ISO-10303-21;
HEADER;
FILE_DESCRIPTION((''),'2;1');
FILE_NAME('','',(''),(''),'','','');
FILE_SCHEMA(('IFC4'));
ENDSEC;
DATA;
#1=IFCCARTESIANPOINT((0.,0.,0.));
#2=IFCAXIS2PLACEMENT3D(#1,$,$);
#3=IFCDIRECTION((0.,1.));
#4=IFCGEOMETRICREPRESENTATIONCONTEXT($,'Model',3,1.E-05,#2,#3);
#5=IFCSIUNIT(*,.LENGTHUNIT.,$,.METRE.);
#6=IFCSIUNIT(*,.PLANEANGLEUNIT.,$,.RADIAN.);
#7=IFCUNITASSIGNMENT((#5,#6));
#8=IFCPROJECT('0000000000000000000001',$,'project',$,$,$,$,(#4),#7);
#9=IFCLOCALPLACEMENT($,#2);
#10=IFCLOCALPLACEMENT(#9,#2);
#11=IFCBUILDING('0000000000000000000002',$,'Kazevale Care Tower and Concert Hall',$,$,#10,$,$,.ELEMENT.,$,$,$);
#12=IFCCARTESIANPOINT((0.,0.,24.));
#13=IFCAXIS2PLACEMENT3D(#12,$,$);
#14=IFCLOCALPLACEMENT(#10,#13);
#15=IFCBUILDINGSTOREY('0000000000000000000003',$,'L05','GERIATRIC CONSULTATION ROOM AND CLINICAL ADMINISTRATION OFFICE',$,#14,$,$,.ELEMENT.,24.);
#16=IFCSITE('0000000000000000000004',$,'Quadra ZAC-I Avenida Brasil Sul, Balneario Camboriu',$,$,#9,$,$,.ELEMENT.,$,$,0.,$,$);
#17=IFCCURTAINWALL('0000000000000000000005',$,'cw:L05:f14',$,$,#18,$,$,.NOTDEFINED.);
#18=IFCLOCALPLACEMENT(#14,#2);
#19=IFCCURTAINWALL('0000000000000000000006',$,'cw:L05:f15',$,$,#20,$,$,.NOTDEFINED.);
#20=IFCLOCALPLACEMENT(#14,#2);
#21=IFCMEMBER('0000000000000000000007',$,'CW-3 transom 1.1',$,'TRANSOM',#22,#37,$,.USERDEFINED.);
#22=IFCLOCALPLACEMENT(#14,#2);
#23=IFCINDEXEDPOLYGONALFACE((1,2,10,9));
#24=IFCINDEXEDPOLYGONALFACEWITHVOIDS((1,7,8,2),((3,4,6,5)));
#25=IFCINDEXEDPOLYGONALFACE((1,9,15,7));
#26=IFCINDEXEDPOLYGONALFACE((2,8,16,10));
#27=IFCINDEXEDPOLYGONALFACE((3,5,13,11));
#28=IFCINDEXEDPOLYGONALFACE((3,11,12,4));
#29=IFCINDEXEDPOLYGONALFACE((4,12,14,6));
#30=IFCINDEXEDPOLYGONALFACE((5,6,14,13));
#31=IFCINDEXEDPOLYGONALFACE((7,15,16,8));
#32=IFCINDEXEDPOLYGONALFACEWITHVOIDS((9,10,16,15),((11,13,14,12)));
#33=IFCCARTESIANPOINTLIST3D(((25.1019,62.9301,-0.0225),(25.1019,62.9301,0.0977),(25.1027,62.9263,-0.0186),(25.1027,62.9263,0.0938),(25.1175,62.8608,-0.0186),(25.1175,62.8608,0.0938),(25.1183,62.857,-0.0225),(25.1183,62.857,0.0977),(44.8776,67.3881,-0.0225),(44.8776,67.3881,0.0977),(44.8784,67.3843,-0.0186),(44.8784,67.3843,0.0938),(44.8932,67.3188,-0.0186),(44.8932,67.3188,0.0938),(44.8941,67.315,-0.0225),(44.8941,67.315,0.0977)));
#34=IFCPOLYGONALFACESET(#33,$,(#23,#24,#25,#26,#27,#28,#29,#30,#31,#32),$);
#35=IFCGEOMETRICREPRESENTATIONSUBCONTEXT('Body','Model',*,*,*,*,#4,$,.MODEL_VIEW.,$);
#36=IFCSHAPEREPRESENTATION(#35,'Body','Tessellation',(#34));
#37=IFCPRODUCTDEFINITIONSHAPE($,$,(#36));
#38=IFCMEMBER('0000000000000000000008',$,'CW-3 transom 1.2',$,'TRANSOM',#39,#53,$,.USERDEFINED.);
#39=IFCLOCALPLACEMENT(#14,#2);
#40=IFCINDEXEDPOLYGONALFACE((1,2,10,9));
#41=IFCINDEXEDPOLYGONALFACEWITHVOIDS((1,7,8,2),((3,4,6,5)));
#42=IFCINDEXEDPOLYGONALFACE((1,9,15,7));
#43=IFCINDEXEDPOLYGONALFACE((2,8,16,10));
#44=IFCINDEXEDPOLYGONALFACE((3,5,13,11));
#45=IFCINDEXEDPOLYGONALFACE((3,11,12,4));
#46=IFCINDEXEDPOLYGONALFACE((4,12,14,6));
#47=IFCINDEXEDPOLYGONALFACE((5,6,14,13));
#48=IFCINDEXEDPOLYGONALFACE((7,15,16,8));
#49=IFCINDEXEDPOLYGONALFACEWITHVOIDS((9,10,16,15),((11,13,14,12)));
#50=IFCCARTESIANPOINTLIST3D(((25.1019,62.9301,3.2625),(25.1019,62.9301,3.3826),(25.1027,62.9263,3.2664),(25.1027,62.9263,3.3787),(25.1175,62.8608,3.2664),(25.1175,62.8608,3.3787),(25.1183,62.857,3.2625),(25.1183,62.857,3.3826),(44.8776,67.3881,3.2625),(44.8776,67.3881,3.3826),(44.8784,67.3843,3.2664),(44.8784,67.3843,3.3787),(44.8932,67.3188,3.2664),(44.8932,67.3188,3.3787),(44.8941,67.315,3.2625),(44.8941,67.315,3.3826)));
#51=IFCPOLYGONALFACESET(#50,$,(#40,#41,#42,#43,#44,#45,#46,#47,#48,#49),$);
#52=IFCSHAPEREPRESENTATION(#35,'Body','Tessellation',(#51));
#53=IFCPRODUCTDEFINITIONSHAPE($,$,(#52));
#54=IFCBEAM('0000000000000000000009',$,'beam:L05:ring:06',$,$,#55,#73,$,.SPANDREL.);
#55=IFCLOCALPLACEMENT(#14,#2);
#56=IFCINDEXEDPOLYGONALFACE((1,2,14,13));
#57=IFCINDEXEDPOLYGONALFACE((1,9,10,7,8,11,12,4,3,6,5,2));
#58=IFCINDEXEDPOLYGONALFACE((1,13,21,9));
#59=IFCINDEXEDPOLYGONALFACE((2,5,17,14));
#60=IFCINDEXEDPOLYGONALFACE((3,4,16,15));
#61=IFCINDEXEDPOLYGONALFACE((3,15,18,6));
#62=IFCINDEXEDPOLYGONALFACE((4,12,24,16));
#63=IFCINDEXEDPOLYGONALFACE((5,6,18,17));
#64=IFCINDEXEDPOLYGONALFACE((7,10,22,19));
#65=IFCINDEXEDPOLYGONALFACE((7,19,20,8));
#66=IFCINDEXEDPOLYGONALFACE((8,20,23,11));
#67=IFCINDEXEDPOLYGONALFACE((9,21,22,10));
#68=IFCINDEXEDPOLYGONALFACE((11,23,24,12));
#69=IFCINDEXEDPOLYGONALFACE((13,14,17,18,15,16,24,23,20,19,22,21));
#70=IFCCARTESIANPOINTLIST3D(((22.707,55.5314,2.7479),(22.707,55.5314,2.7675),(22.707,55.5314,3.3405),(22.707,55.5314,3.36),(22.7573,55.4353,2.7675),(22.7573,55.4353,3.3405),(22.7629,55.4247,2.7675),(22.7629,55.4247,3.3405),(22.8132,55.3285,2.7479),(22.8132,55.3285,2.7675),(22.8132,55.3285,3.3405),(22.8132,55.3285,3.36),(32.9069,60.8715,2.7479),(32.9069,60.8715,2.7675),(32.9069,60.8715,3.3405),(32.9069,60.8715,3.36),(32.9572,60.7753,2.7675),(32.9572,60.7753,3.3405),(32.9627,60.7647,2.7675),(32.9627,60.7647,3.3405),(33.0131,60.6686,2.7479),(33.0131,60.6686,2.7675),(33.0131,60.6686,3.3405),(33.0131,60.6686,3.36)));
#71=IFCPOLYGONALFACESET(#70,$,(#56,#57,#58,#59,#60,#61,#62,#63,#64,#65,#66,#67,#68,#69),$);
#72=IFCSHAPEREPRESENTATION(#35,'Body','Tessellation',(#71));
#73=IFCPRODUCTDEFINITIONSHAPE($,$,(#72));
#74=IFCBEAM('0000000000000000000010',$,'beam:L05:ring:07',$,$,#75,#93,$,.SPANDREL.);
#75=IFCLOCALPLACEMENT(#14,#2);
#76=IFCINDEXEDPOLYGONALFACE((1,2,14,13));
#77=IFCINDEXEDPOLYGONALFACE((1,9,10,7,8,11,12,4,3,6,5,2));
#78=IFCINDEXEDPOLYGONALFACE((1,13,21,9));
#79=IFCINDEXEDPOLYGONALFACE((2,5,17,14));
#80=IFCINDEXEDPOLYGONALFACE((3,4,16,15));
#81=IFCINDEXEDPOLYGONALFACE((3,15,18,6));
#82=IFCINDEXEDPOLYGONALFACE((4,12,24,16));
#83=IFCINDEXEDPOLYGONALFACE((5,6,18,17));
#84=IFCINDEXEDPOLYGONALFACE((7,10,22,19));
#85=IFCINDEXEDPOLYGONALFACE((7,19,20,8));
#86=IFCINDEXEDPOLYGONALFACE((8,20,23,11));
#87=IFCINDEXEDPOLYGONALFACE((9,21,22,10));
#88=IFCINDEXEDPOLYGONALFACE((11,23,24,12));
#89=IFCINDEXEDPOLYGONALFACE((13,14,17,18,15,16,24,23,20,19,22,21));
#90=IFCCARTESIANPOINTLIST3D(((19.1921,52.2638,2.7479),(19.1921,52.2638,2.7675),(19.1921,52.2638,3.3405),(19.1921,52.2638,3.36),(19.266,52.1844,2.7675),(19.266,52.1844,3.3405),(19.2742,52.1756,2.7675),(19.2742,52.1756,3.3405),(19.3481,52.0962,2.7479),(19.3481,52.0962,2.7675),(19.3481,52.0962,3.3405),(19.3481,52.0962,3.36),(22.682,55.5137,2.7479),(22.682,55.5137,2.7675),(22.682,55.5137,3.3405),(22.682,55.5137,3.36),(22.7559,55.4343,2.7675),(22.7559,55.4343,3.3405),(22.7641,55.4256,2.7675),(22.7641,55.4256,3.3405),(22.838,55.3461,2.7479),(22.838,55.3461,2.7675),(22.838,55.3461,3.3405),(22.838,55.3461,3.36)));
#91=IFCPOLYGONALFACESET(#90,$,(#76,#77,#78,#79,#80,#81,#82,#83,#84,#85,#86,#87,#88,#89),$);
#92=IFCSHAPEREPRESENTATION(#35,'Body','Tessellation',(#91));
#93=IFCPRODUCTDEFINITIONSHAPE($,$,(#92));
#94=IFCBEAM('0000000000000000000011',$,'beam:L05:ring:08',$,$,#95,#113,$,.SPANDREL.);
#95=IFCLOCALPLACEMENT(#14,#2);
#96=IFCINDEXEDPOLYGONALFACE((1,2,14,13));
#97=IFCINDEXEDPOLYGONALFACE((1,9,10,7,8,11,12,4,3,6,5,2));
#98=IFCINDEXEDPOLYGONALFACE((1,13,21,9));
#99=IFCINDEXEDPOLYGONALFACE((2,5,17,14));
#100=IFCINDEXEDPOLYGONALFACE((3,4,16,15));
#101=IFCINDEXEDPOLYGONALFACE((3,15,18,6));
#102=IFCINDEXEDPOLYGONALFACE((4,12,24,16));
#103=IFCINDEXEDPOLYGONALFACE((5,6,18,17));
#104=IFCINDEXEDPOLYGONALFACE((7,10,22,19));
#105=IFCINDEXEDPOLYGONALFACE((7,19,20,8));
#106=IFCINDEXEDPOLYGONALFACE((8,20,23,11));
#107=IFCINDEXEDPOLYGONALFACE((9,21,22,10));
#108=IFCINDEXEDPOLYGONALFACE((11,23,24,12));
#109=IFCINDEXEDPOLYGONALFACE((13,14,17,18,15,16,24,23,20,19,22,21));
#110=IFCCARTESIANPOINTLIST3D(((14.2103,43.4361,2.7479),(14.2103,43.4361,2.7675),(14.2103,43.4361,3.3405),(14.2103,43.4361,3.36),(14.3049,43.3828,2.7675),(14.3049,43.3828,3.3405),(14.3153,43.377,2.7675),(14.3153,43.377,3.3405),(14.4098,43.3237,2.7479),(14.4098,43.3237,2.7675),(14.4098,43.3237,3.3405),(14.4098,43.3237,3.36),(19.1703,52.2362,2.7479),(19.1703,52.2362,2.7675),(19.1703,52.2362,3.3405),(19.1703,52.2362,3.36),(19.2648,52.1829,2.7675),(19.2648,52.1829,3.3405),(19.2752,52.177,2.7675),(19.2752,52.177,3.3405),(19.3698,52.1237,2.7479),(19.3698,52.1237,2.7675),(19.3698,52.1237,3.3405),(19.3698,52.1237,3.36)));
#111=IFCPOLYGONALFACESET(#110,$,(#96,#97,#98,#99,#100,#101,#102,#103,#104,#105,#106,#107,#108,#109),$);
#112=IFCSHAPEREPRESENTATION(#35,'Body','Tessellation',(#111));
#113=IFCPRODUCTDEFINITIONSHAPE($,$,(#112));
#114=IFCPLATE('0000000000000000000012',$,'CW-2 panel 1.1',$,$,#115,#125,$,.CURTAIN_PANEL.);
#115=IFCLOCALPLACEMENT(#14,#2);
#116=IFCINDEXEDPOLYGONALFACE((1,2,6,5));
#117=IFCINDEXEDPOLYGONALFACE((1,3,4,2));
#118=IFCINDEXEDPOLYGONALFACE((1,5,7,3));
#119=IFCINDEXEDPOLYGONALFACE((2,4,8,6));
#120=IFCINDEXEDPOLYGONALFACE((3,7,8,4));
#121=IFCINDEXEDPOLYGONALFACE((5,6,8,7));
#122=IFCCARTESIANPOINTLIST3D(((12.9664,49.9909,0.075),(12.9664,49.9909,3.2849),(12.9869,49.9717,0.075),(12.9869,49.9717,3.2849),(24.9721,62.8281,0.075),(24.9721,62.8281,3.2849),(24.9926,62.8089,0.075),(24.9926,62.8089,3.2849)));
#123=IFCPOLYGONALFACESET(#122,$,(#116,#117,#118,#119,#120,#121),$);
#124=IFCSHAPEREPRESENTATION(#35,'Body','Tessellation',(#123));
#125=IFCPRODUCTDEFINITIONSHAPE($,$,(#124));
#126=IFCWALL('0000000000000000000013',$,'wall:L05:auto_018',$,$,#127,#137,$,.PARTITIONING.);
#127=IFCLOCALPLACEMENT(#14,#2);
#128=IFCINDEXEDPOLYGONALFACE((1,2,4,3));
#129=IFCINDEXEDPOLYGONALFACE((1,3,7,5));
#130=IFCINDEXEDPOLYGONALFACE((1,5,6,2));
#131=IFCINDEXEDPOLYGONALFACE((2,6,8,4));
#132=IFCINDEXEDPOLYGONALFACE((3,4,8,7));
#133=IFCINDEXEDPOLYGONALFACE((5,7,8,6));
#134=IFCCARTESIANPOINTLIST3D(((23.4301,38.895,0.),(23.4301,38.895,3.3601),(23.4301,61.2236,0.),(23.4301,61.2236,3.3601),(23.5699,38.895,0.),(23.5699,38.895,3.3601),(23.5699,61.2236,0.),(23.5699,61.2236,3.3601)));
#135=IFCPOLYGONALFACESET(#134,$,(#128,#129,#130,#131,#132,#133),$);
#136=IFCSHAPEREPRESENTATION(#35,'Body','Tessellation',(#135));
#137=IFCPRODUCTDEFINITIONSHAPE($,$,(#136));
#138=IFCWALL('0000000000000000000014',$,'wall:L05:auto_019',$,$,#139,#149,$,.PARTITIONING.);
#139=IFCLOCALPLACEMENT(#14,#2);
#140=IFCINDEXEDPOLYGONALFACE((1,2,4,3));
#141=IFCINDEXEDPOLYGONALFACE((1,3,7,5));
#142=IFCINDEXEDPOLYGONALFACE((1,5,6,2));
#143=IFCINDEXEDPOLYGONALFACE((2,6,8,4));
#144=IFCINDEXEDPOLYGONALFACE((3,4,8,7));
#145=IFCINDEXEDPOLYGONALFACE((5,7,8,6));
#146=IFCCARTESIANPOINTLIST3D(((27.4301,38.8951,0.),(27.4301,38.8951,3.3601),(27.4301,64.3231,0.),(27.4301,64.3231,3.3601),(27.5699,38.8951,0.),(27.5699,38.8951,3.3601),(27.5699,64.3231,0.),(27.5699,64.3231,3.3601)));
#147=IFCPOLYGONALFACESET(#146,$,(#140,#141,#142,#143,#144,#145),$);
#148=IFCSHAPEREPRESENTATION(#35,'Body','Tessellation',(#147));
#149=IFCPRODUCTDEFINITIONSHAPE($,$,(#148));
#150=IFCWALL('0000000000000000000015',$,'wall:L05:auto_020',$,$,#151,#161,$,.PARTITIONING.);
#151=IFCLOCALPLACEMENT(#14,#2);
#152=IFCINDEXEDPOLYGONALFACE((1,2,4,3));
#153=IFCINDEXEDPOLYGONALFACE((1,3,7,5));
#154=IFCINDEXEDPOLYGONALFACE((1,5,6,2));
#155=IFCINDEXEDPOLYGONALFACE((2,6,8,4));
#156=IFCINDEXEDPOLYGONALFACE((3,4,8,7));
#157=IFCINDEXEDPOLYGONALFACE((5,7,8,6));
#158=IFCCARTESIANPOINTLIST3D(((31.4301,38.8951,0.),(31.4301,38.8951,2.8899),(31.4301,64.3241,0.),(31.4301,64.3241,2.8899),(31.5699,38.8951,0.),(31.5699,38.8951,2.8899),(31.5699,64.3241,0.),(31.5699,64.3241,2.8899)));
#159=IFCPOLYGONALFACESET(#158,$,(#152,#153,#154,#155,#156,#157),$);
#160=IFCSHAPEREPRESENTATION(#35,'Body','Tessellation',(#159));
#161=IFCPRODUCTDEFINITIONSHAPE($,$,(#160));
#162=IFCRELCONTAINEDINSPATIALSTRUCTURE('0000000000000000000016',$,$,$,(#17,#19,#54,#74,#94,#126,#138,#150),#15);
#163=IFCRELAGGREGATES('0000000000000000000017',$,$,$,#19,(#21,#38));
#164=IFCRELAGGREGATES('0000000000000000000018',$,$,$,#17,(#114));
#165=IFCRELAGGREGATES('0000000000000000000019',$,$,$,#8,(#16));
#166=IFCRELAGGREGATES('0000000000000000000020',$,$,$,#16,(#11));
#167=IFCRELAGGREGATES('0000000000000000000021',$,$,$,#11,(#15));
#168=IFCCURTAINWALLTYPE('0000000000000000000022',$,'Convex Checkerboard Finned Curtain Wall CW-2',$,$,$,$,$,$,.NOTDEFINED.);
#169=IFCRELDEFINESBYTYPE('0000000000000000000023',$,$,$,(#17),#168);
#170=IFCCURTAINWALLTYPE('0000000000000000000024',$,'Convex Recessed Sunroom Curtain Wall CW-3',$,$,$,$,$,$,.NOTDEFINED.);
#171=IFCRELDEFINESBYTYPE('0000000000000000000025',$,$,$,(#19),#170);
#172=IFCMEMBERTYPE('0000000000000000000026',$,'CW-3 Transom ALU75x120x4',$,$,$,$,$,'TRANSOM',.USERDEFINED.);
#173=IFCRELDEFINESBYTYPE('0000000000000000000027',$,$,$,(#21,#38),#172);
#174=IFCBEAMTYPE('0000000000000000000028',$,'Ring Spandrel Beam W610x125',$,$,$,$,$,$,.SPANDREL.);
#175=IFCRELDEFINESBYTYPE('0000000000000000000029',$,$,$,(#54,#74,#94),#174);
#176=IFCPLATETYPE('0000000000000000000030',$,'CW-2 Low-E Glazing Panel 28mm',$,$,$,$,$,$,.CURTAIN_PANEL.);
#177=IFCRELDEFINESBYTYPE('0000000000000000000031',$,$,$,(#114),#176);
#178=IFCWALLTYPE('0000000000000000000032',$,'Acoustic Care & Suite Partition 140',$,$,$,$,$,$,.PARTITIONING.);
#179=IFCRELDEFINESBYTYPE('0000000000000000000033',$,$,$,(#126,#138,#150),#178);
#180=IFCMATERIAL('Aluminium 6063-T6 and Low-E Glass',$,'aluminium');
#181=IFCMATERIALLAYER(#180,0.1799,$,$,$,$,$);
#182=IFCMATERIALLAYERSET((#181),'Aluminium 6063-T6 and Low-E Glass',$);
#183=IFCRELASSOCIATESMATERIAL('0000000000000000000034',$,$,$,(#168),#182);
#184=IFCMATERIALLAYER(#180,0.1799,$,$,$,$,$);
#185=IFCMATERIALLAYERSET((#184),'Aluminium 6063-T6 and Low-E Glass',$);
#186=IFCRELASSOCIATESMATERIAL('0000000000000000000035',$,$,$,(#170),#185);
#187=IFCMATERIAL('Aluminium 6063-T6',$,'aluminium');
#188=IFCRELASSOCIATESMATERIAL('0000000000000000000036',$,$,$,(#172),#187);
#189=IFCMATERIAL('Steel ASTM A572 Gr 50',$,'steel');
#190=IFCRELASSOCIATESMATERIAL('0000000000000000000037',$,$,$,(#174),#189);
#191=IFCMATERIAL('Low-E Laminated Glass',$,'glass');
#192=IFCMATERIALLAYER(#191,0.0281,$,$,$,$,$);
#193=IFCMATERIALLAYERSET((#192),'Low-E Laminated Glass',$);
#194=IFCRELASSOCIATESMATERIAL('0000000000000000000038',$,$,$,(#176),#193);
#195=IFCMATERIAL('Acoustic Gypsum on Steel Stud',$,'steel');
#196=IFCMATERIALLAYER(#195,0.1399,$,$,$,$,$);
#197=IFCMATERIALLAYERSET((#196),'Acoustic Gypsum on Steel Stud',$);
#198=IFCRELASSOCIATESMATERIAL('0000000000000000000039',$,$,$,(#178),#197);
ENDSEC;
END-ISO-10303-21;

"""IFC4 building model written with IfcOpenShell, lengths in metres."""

from ifc_helpers import new_model, si_unit, direction, frame, frame_2d, origin, origin_2d, place, context, subcontext, project, spatial, rectangle, hollow_rectangle, i_section, extrude, material, layer, layer_set, material_profile, profile_set, type_object, element, aggregate, save


model = new_model("IFC4")

# Units and contexts
model_context = context("Model", 3, precision=1e-05, world=origin(), true_north=direction((0.0, 1.0)))
body_context = subcontext(model_context, "Body", "Model", "MODEL_VIEW")
ifc_project = project(units=[si_unit("LENGTHUNIT", "METRE"), si_unit("PLANEANGLEUNIT", "RADIAN")], contexts=[model_context])

# Site, building, storey
site_placement = place(None, origin())
site = spatial("IfcSite", under=ifc_project, at=site_placement, Name="Quadra ZAC-I Avenida Brasil Sul, Balneario Camboriu", CompositionType="ELEMENT", RefElevation=0.0)
building_placement = place(site_placement, origin())
building = spatial("IfcBuilding", under=site, at=building_placement, Name="Kazevale Care Tower and Concert Hall", CompositionType="ELEMENT")
storey_placement = place(building_placement, frame((0.0, 0.0, 24.0)))
storey = spatial("IfcBuildingStorey", under=building, at=storey_placement, Name="L05", Description="GERIATRIC CONSULTATION ROOM AND CLINICAL ADMINISTRATION OFFICE", CompositionType="ELEMENT", Elevation=24.0)

# Curtain wall
ifc_material_1 = material(Name="Aluminium 6063-T6 and Low-E Glass", Category="aluminium")
ifc_layer_1 = layer(ifc_material_1, 0.1799)
ifc_layer_set_1 = layer_set([ifc_layer_1], Name="Aluminium 6063-T6 and Low-E Glass")
curtain_wall_type_1 = type_object("IfcCurtainWallType", Name="Convex Checkerboard Finned Curtain Wall CW-2", PredefinedType="NOTDEFINED", material=ifc_layer_set_1)
curtain_wall_1_placement = place(storey_placement, origin())
curtain_wall_1 = element("IfcCurtainWall", 1, at=curtain_wall_1_placement, inside=storey, type_object=curtain_wall_type_1, Name="cw:L05:f14", PredefinedType="NOTDEFINED")
ifc_material_2 = material(Name="Aluminium 6063-T6", Category="aluminium")

# Curtain wall, members
ifc_layer_2 = layer(ifc_material_1, 0.1799)
ifc_layer_set_2 = layer_set([ifc_layer_2], Name="Aluminium 6063-T6 and Low-E Glass")
curtain_wall_type_2 = type_object("IfcCurtainWallType", Name="Convex Recessed Sunroom Curtain Wall CW-3", PredefinedType="NOTDEFINED", material=ifc_layer_set_2)
curtain_wall_2_placement = place(storey_placement, origin())
curtain_wall_2 = element("IfcCurtainWall", 2, at=curtain_wall_2_placement, inside=storey, type_object=curtain_wall_type_2, Name="cw:L05:f15", PredefinedType="NOTDEFINED")
ifc_material_profile_1 = material_profile(ifc_material_2, hollow_rectangle(XDim=0.075, YDim=0.1201, WallThickness=0.0039, at=origin_2d()), Name="ALU75x120x4")
ifc_profile_set_1 = profile_set([ifc_material_profile_1], Name="Aluminium 6063-T6")
member_type_1 = type_object("IfcMemberType", Name="CW-3 Transom ALU75x120x4", ElementType="TRANSOM", PredefinedType="USERDEFINED", material=ifc_profile_set_1)
member_1_placement = place(storey_placement, frame((25.1101, 62.8936, 0.0376), z_axis=(0.97552, 0.219911, 0.0), x_axis=(-0.219911, 0.97552, 0.0)))
member_1 = element("IfcMember", 3, at=member_1_placement, type_object=member_type_1, Name="CW-3 transom 1.1", ObjectType="TRANSOM", PredefinedType="USERDEFINED", context=body_context, shape_type="SweptSolid", body=[
    extrude(hollow_rectangle(XDim=0.075, YDim=0.1201, WallThickness=0.0039, at=origin_2d()), origin(), (0.0, 0.0, 1.0), 20.272),
])
member_2_placement = place(storey_placement, frame((25.1101, 62.8936, 3.3225), z_axis=(0.97552, 0.219911, 0.0), x_axis=(-0.219911, 0.97552, 0.0)))
member_2 = element("IfcMember", 4, at=member_2_placement, type_object=member_type_1, Name="CW-3 transom 1.2", ObjectType="TRANSOM", PredefinedType="USERDEFINED", context=body_context, shape_type="SweptSolid", body=[
    extrude(hollow_rectangle(XDim=0.075, YDim=0.1201, WallThickness=0.0039, at=origin_2d()), origin(), (0.0, 0.0, 1.0), 20.272),
])
aggregate(curtain_wall_2, [member_1, member_2])

# Beams
ifc_material_3 = material(Name="Steel ASTM A572 Gr 50", Category="steel")
ifc_material_profile_2 = material_profile(ifc_material_3, i_section(OverallWidth=0.229, OverallDepth=0.6121, WebThickness=0.012, FlangeThickness=0.0195, at=origin_2d()), Name="W610x125")
ifc_profile_set_2 = profile_set([ifc_material_profile_2], Name="Steel ASTM A572 Gr 50")
beam_type = type_object("IfcBeamType", Name="Ring Spandrel Beam W610x125", PredefinedType="SPANDREL", material=ifc_profile_set_2)
beam_1_placement = place(storey_placement, frame((32.96, 60.77, 3.054), z_axis=(-0.885929, -0.46382, 0.0), x_axis=(0.46382, -0.885929, 0.0)))
element("IfcBeam", 5, at=beam_1_placement, inside=storey, type_object=beam_type, Name="beam:L05:ring:06", PredefinedType="SPANDREL", context=body_context, shape_type="SweptSolid", body=[
    extrude(i_section(OverallWidth=0.229, OverallDepth=0.6121, WebThickness=0.012, FlangeThickness=0.0195, at=origin_2d()), origin(), (0.0, 0.0, 1.0), 11.5132),
])
beam_2_placement = place(storey_placement, frame((22.76, 55.4299, 3.054), z_axis=(-0.731821, -0.681497, 0.0), x_axis=(0.681497, -0.731821, 0.0)))
element("IfcBeam", 6, at=beam_2_placement, inside=storey, type_object=beam_type, Name="beam:L05:ring:07", PredefinedType="SPANDREL", context=body_context, shape_type="SweptSolid", body=[
    extrude(i_section(OverallWidth=0.229, OverallDepth=0.6121, WebThickness=0.012, FlangeThickness=0.0195, at=origin_2d()), origin(), (0.0, 0.0, 1.0), 4.7688),
])
beam_3_placement = place(storey_placement, frame((19.27, 52.1799, 3.054), z_axis=(-0.491008, -0.871155, 0.0), x_axis=(0.871155, -0.491008, 0.0)))
element("IfcBeam", 7, at=beam_3_placement, inside=storey, type_object=beam_type, Name="beam:L05:ring:08", PredefinedType="SPANDREL", context=body_context, shape_type="SweptSolid", body=[
    extrude(i_section(OverallWidth=0.229, OverallDepth=0.6121, WebThickness=0.012, FlangeThickness=0.0195, at=origin_2d()), origin(), (0.0, 0.0, 1.0), 10.1016),
])

# Plate
ifc_material_4 = material(Name="Low-E Laminated Glass", Category="glass")
ifc_layer_3 = layer(ifc_material_4, 0.0281)
ifc_layer_set_3 = layer_set([ifc_layer_3], Name="Low-E Laminated Glass")
plate_type = type_object("IfcPlateType", Name="CW-2 Low-E Glazing Panel 28mm", PredefinedType="CURTAIN_PANEL", material=ifc_layer_set_3)
plate_placement = place(storey_placement, frame((18.9795, 56.3999, 0.075), z_axis=(0.0, 0.0, 1.0), x_axis=(0.683059, 0.730363, 0.0)))
plate = element("IfcPlate", 8, at=plate_placement, type_object=plate_type, Name="CW-2 panel 1.1", PredefinedType="CURTAIN_PANEL", context=body_context, shape_type="SweptSolid", body=[
    extrude(rectangle(XDim=17.5764, YDim=0.0281, at=origin_2d()), origin(), (0.0, 0.0, 1.0), 3.21),
])
aggregate(curtain_wall_1, [plate])

# Walls
ifc_material_5 = material(Name="Acoustic Gypsum on Steel Stud", Category="steel")
ifc_layer_4 = layer(ifc_material_5, 0.1399)
ifc_layer_set_4 = layer_set([ifc_layer_4], Name="Acoustic Gypsum on Steel Stud")
wall_type = type_object("IfcWallType", Name="Acoustic Care & Suite Partition 140", PredefinedType="PARTITIONING", material=ifc_layer_set_4)
wall_1_placement = place(storey_placement, frame((23.5, 61.2236, 0.0), z_axis=(0.0, 0.0, 1.0), x_axis=(0.0, -1.0, 0.0)))
element("IfcWall", 9, at=wall_1_placement, inside=storey, type_object=wall_type, Name="wall:L05:auto_018", PredefinedType="PARTITIONING", context=body_context, shape_type="SweptSolid", body=[
    extrude(rectangle(XDim=22.3286, YDim=0.1399, at=frame_2d((11.1643, 0.0))), origin(), (0.0, 0.0, 1.0), 3.3601),
])
wall_2_placement = place(storey_placement, frame((27.5, 64.323, 0.0), z_axis=(0.0, 0.0, 1.0), x_axis=(0.0, -1.0, 0.0)))
element("IfcWall", 10, at=wall_2_placement, inside=storey, type_object=wall_type, Name="wall:L05:auto_019", PredefinedType="PARTITIONING", context=body_context, shape_type="SweptSolid", body=[
    extrude(rectangle(XDim=25.428, YDim=0.1399, at=frame_2d((12.7139, 0.0))), origin(), (0.0, 0.0, 1.0), 3.3601),
])
wall_3_placement = place(storey_placement, frame((31.5, 64.324, 0.0), z_axis=(0.0, 0.0, 1.0), x_axis=(0.0, -1.0, 0.0)))
element("IfcWall", 11, at=wall_3_placement, inside=storey, type_object=wall_type, Name="wall:L05:auto_020", PredefinedType="PARTITIONING", context=body_context, shape_type="SweptSolid", body=[
    extrude(rectangle(XDim=25.429, YDim=0.1399, at=frame_2d((12.7144, 0.0))), origin(), (0.0, 0.0, 1.0), 2.8899),
])

save(model, "model.ifc")
